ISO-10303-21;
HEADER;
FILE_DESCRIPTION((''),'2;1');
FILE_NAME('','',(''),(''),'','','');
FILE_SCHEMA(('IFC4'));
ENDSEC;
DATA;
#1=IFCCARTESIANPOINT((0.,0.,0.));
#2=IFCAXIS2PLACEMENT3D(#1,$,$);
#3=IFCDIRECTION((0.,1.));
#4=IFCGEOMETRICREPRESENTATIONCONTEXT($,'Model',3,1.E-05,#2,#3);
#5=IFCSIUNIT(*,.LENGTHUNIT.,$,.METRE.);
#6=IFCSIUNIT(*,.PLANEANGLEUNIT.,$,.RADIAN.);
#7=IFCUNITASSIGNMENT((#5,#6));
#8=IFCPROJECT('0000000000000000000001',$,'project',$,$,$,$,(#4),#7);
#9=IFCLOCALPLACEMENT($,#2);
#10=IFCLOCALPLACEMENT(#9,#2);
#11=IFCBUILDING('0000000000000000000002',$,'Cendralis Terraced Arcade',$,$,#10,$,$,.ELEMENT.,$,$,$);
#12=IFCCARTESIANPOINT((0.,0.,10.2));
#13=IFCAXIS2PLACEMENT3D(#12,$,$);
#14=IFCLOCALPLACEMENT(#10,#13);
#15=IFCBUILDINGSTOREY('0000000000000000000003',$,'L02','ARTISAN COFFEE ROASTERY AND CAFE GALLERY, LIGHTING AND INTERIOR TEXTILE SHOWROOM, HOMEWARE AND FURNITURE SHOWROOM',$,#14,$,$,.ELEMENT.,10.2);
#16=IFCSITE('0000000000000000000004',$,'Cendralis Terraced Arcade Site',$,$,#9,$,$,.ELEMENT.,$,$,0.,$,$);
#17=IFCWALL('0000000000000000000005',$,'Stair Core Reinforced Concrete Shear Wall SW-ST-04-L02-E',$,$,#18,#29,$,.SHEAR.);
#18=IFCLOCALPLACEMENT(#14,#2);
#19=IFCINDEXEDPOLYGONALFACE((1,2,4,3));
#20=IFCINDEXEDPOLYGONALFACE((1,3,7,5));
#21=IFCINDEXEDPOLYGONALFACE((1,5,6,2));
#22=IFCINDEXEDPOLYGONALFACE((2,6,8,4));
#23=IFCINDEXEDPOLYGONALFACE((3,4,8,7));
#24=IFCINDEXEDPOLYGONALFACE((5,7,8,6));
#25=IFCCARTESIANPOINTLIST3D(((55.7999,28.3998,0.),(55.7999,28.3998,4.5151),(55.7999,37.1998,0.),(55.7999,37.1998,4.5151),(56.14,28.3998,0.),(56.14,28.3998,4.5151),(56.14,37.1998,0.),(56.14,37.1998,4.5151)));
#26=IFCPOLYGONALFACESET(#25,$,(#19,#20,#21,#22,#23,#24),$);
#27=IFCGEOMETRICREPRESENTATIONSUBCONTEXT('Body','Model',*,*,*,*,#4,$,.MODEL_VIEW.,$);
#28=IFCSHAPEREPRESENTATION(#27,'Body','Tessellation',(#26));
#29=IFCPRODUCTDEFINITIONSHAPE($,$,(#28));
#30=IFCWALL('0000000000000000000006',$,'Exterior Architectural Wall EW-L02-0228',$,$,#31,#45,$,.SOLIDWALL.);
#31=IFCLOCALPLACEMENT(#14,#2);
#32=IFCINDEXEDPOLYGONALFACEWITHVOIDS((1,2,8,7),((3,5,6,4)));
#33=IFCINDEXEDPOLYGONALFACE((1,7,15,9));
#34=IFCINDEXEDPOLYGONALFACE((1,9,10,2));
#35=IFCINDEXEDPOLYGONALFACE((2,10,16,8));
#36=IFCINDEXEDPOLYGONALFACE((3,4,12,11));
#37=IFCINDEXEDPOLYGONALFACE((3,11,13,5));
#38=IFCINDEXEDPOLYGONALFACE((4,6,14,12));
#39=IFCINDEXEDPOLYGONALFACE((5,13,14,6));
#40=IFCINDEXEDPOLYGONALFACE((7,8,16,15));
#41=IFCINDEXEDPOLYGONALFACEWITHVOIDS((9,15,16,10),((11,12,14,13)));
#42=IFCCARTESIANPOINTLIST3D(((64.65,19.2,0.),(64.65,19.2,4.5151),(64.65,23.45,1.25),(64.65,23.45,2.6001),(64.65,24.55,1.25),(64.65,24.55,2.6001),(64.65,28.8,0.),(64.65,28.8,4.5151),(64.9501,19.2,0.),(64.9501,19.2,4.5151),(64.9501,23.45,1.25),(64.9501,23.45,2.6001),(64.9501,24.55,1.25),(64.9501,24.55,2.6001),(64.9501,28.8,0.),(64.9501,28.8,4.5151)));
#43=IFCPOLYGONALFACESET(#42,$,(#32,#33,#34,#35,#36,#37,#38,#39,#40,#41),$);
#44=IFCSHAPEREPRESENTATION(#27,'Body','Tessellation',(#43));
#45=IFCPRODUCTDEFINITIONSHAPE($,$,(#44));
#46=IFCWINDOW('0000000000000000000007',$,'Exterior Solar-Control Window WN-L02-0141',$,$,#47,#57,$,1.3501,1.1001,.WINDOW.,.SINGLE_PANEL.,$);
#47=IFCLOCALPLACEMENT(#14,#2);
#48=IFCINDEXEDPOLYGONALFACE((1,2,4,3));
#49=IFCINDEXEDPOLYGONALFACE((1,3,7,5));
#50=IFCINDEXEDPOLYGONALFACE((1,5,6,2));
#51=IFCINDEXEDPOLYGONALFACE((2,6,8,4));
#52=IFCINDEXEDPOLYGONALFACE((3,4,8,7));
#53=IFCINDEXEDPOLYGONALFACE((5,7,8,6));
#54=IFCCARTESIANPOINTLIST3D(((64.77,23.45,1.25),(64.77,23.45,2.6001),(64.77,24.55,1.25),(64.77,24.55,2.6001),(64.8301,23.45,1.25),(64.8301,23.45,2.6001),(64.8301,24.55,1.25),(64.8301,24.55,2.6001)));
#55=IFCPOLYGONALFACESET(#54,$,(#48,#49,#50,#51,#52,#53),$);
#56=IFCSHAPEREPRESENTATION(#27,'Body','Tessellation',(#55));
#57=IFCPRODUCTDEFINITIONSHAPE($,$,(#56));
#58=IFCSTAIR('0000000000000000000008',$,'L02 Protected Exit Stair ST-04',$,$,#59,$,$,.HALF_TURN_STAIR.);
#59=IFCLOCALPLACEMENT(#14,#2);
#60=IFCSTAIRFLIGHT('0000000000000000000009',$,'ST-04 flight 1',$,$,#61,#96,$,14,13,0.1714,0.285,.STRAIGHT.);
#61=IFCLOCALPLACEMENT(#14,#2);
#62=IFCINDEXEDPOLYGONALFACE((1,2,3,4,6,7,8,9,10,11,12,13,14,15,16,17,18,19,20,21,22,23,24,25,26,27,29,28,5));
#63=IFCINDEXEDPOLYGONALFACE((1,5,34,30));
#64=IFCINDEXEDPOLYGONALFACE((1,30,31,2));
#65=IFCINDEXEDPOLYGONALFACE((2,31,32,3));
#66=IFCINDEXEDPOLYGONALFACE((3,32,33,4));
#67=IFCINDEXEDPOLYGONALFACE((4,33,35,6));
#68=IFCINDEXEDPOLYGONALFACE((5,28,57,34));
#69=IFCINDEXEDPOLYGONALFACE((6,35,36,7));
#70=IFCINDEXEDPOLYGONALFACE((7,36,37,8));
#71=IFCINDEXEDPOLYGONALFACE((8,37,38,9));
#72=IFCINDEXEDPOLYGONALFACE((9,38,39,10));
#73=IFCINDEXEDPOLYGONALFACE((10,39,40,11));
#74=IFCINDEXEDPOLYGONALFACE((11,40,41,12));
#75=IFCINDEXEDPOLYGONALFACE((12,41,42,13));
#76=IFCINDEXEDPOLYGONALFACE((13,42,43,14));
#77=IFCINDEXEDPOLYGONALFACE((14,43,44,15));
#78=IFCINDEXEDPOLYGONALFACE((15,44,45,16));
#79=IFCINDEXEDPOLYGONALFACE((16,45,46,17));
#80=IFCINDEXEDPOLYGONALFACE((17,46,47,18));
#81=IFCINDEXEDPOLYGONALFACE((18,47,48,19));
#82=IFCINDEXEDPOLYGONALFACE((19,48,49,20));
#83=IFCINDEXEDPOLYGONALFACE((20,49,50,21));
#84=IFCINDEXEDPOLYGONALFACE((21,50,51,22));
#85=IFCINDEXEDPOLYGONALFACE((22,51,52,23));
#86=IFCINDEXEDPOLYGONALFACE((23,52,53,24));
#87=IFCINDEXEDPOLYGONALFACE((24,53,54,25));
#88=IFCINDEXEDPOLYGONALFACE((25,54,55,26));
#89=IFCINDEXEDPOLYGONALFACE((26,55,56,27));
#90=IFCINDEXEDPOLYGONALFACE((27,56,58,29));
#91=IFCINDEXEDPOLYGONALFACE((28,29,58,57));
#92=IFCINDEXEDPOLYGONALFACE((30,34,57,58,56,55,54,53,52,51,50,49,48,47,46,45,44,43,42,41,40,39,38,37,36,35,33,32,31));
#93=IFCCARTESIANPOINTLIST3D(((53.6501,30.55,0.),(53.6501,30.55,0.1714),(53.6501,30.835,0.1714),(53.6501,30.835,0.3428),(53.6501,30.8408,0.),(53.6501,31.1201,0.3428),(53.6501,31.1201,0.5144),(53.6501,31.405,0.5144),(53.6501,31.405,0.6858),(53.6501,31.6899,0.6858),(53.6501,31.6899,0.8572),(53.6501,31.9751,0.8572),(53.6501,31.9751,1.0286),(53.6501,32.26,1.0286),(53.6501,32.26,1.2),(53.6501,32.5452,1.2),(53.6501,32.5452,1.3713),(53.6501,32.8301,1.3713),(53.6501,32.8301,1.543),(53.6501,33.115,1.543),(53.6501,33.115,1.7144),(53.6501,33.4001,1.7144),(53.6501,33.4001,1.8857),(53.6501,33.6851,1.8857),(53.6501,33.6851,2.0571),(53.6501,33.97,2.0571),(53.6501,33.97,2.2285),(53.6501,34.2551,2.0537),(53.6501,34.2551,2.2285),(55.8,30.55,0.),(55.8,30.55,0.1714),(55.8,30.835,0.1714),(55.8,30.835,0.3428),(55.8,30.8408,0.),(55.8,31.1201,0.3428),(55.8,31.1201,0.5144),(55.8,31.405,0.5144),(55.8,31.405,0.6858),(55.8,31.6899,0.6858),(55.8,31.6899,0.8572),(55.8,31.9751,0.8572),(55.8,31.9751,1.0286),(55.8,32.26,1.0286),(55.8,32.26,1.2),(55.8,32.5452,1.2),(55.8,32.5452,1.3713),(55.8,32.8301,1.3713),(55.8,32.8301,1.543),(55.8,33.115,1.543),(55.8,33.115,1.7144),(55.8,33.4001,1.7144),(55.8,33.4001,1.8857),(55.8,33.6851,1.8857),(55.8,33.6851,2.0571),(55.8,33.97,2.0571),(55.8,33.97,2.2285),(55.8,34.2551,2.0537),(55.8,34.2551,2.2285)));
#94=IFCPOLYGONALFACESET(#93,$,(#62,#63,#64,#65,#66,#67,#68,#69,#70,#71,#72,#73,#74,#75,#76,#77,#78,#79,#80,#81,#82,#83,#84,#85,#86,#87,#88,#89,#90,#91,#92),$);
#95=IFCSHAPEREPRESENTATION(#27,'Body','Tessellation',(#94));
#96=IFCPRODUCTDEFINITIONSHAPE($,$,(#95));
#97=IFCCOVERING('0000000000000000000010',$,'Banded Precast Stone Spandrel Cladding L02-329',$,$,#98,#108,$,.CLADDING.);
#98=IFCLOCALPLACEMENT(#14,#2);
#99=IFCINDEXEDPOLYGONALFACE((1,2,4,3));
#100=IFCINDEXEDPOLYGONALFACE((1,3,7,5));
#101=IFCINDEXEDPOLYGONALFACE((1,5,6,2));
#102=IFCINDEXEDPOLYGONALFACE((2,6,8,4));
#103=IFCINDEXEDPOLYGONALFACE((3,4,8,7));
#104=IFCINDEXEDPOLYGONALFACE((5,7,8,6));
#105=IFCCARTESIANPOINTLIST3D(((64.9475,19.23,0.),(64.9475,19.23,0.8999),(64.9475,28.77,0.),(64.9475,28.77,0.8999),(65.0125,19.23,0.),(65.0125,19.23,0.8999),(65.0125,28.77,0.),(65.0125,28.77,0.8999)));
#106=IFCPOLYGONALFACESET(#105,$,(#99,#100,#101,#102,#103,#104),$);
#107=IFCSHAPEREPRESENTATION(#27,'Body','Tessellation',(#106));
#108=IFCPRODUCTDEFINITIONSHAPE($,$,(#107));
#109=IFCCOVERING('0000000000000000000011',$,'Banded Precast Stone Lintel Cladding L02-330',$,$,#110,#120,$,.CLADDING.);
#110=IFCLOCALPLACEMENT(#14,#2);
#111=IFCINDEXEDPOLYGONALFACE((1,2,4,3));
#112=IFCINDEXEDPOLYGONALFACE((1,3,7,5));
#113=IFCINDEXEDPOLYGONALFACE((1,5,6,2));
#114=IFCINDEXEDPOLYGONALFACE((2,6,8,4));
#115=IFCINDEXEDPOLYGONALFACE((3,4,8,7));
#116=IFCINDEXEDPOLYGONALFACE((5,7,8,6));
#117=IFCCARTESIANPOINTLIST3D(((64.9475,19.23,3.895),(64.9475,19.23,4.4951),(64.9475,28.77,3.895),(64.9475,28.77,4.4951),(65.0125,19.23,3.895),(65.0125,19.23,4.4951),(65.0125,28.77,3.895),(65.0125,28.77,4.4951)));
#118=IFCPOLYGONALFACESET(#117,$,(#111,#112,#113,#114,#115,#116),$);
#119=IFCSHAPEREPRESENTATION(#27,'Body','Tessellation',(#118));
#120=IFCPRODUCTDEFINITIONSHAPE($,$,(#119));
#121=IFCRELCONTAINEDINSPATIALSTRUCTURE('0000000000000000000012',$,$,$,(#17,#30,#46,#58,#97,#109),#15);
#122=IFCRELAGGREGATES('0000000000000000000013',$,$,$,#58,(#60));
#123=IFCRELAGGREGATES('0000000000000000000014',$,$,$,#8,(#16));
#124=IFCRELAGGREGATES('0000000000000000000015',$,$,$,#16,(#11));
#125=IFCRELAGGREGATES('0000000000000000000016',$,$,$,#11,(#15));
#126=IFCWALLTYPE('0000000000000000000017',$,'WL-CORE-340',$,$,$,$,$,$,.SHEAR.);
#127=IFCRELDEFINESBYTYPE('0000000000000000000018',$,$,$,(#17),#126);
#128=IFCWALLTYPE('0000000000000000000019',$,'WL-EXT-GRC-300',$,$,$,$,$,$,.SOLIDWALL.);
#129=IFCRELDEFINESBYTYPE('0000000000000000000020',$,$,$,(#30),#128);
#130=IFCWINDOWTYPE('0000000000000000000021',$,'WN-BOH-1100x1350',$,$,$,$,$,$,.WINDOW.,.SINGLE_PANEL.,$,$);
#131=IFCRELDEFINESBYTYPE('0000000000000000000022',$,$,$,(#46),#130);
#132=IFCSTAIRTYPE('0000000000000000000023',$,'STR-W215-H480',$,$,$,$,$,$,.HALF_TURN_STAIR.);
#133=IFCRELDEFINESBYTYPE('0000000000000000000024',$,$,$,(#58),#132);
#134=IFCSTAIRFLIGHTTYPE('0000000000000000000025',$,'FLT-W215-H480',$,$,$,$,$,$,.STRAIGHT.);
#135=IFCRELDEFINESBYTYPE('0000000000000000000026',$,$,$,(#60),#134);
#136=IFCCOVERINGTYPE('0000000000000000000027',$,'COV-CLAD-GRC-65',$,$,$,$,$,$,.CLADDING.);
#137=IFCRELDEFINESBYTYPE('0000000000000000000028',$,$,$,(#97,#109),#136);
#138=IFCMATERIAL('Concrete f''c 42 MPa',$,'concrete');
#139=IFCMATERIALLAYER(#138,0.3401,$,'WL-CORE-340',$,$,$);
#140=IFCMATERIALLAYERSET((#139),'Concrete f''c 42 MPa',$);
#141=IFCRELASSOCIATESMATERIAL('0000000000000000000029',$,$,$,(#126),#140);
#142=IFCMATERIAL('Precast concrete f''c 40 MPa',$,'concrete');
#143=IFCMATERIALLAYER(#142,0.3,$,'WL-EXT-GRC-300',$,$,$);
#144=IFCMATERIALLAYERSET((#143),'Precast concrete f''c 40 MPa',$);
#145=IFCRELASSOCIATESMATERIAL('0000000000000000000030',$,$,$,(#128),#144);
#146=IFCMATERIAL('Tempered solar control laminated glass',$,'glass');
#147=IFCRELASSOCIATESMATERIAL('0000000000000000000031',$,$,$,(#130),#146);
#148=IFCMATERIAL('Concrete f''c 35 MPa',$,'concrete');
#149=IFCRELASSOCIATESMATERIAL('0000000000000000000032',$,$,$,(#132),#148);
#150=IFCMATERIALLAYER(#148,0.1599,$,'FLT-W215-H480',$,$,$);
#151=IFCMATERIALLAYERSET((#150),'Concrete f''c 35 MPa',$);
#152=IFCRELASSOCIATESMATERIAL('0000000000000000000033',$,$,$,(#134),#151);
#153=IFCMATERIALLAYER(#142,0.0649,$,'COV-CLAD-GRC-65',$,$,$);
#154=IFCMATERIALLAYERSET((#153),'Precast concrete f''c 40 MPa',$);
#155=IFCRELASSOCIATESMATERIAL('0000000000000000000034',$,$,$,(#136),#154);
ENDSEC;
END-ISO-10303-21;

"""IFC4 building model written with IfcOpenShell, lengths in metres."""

from ifc_helpers import new_model, si_unit, direction, frame, frame_2d, origin, origin_2d, place, context, subcontext, project, spatial, polyline, rectangle, outline, extrude, material, layer, layer_set, type_object, element, fill, aggregate, save


model = new_model("IFC4")

# Units and contexts
model_context = context("Model", 3, precision=1e-05, world=origin(), true_north=direction((0.0, 1.0)))
body_context = subcontext(model_context, "Body", "Model", "MODEL_VIEW")
ifc_project = project(units=[si_unit("LENGTHUNIT", "METRE"), si_unit("PLANEANGLEUNIT", "RADIAN")], contexts=[model_context])

# Site, building, storey
site_placement = place(None, origin())
site = spatial("IfcSite", under=ifc_project, at=site_placement, Name="Cendralis Terraced Arcade Site", CompositionType="ELEMENT", RefElevation=0.0)
building_placement = place(site_placement, origin())
building = spatial("IfcBuilding", under=site, at=building_placement, Name="Cendralis Terraced Arcade", CompositionType="ELEMENT")
storey_placement = place(building_placement, frame((0.0, 0.0, 10.2)))
storey = spatial("IfcBuildingStorey", under=building, at=storey_placement, Name="L02", Description="ARTISAN COFFEE ROASTERY AND CAFE GALLERY, LIGHTING AND INTERIOR TEXTILE SHOWROOM, HOMEWARE AND FURNITURE SHOWROOM", CompositionType="ELEMENT", Elevation=10.2)

# Shared definitions
ifc_material_1 = material(Name="Concrete f'c 42 MPa", Category="concrete")

# Shared definitions
ifc_material_2 = material(Name="Concrete f'c 35 MPa", Category="concrete")

# Shared definitions
ifc_material_3 = material(Name="Tempered solar control laminated glass", Category="glass")

# Wall
ifc_layer_1 = layer(ifc_material_1, 0.3401, Name="WL-CORE-340")
ifc_layer_set_1 = layer_set([ifc_layer_1], Name="Concrete f'c 42 MPa")
wall_type_1 = type_object("IfcWallType", Name="WL-CORE-340", PredefinedType="SHEAR", material=ifc_layer_set_1)
wall_1_placement = place(storey_placement, frame((55.97, 28.3999, 0.0), z_axis=(0.0, 0.0, 1.0), x_axis=(0.0, 1.0, 0.0)))
element("IfcWall", 1, at=wall_1_placement, inside=storey, type_object=wall_type_1, Name="Stair Core Reinforced Concrete Shear Wall SW-ST-04-L02-E", PredefinedType="SHEAR", context=body_context, shape_type="SweptSolid", body=[
    extrude(rectangle(XDim=8.8, YDim=0.3401, at=frame_2d((4.3999, 0.0))), origin(), (0.0, 0.0, 1.0), 4.5151),
])

# Wall, opening, window
ifc_material_4 = material(Name="Precast concrete f'c 40 MPa", Category="concrete")
ifc_layer_2 = layer(ifc_material_4, 0.3, Name="WL-EXT-GRC-300")
ifc_layer_set_2 = layer_set([ifc_layer_2], Name="Precast concrete f'c 40 MPa")
wall_type_2 = type_object("IfcWallType", Name="WL-EXT-GRC-300", PredefinedType="SOLIDWALL", material=ifc_layer_set_2)
wall_2_placement = place(storey_placement, frame((64.8, 28.8, 0.0), z_axis=(0.0, 0.0, 1.0), x_axis=(0.0, -1.0, 0.0)))
wall_2 = element("IfcWall", 2, at=wall_2_placement, inside=storey, type_object=wall_type_2, Name="Exterior Architectural Wall EW-L02-0228", PredefinedType="SOLIDWALL", context=body_context, shape_type="SweptSolid", body=[
    extrude(rectangle(XDim=9.6001, YDim=0.3, at=frame_2d((4.8, 0.0))), origin(), (0.0, 0.0, 1.0), 4.5151),
])
opening_placement = place(wall_2_placement, frame((4.25, 0.0, 1.25)))
opening = element("IfcOpeningElement", 3, at=opening_placement, cuts=wall_2, PredefinedType="OPENING", context=body_context, shape_type="SweptSolid", body=[
    extrude(rectangle(XDim=1.1001, YDim=1.3501, at=frame_2d((0.55, 0.675))), frame((0.0, 0.1621, 0.0), z_axis=(0.0, -1.0, 0.0), x_axis=(1.0, 0.0, 0.0)), (0.0, 0.0, 1.0), 0.324),
])
window_type = type_object("IfcWindowType", Name="WN-BOH-1100x1350", PartitioningType="SINGLE_PANEL", PredefinedType="WINDOW", material=ifc_material_3)
window_placement = place(opening_placement, origin())
window = element("IfcWindow", 4, at=window_placement, inside=storey, type_object=window_type, Name="Exterior Solar-Control Window WN-L02-0141", OverallHeight=1.3501, OverallWidth=1.1001, PartitioningType="SINGLE_PANEL", PredefinedType="WINDOW", context=body_context, shape_type="SweptSolid", body=[
    extrude(rectangle(XDim=1.1001, YDim=1.3501, at=frame_2d((0.55, 0.675))), frame((0.0, 0.03, 0.0), z_axis=(0.0, -1.0, 0.0), x_axis=(1.0, 0.0, 0.0)), (0.0, 0.0, 1.0), 0.0601),
])
fill(opening, window)

# Stair, stair flight
stair_type = type_object("IfcStairType", Name="STR-W215-H480", PredefinedType="HALF_TURN_STAIR", material=ifc_material_2)
stair_placement = place(storey_placement, origin())
stair = element("IfcStair", 5, at=stair_placement, inside=storey, type_object=stair_type, Name="L02 Protected Exit Stair ST-04", PredefinedType="HALF_TURN_STAIR")
ifc_layer_3 = layer(ifc_material_2, 0.1599, Name="FLT-W215-H480")
ifc_layer_set_3 = layer_set([ifc_layer_3], Name="Concrete f'c 35 MPa")
stair_flight_type = type_object("IfcStairFlightType", Name="FLT-W215-H480", PredefinedType="STRAIGHT", material=ifc_layer_set_3)
stair_flight_placement = place(storey_placement, frame((54.7251, 30.55, 0.0), z_axis=(0.0, 0.0, 1.0), x_axis=(0.0, 1.0, 0.0)))
stair_flight = element("IfcStairFlight", 6, at=stair_flight_placement, type_object=stair_flight_type, Name="ST-04 flight 1", NumberOfRisers=14, NumberOfTreads=13, PredefinedType="STRAIGHT", RiserHeight=0.1714, TreadLength=0.285, context=body_context, shape_type="SweptSolid", body=[
    extrude(outline(polyline([(0.0, 0.0), (0.0, 0.1714), (0.2849, 0.1714), (0.2849, 0.3428), (0.5701, 0.3428), (0.5701, 0.5144), (0.855, 0.5144), (0.855, 0.6858), (1.1399, 0.6858), (1.1399, 0.8572), (1.425, 0.8572), (1.425, 1.0286), (1.71, 1.0286), (1.71, 1.2), (1.9951, 1.2), (1.9951, 1.3713), (2.28, 1.3713), (2.28, 1.543), (2.5649, 1.543), (2.5649, 1.7144), (2.8501, 1.7144), (2.8501, 1.8857), (3.135, 1.8857), (3.135, 2.0571), (3.4199, 2.0571), (3.4199, 2.2285), (3.7051, 2.2285), (3.7051, 2.3999), (3.7051, 2.0537), (0.2908, 0.0), (0.0, 0.0)])), frame((0.0, 1.075, 0.0), z_axis=(0.0, -1.0, 0.0), x_axis=(1.0, 0.0, 0.0)), (0.0, 0.0, 1.0), 2.1499),
])
aggregate(stair, [stair_flight])

# Coverings
ifc_layer_4 = layer(ifc_material_4, 0.0649, Name="COV-CLAD-GRC-65")
ifc_layer_set_4 = layer_set([ifc_layer_4], Name="Precast concrete f'c 40 MPa")
covering_type = type_object("IfcCoveringType", Name="COV-CLAD-GRC-65", PredefinedType="CLADDING", material=ifc_layer_set_4)
covering_1_placement = place(storey_placement, frame((64.98, 24.0, 0.0), z_axis=(0.0, 0.0, 1.0), x_axis=(0.0, -1.0, 0.0)))
element("IfcCovering", 7, at=covering_1_placement, inside=storey, type_object=covering_type, Name="Banded Precast Stone Spandrel Cladding L02-329", PredefinedType="CLADDING", context=body_context, shape_type="SweptSolid", body=[
    extrude(rectangle(XDim=9.54, YDim=0.0649, at=origin_2d()), origin(), (0.0, 0.0, 1.0), 0.8999),
])
covering_2_placement = place(storey_placement, frame((64.98, 24.0, 3.895), z_axis=(0.0, 0.0, 1.0), x_axis=(0.0, -1.0, 0.0)))
element("IfcCovering", 8, at=covering_2_placement, inside=storey, type_object=covering_type, Name="Banded Precast Stone Lintel Cladding L02-330", PredefinedType="CLADDING", context=body_context, shape_type="SweptSolid", body=[
    extrude(rectangle(XDim=9.54, YDim=0.0649, at=origin_2d()), origin(), (0.0, 0.0, 1.0), 0.6001),
])

save(model, "model.ifc")
